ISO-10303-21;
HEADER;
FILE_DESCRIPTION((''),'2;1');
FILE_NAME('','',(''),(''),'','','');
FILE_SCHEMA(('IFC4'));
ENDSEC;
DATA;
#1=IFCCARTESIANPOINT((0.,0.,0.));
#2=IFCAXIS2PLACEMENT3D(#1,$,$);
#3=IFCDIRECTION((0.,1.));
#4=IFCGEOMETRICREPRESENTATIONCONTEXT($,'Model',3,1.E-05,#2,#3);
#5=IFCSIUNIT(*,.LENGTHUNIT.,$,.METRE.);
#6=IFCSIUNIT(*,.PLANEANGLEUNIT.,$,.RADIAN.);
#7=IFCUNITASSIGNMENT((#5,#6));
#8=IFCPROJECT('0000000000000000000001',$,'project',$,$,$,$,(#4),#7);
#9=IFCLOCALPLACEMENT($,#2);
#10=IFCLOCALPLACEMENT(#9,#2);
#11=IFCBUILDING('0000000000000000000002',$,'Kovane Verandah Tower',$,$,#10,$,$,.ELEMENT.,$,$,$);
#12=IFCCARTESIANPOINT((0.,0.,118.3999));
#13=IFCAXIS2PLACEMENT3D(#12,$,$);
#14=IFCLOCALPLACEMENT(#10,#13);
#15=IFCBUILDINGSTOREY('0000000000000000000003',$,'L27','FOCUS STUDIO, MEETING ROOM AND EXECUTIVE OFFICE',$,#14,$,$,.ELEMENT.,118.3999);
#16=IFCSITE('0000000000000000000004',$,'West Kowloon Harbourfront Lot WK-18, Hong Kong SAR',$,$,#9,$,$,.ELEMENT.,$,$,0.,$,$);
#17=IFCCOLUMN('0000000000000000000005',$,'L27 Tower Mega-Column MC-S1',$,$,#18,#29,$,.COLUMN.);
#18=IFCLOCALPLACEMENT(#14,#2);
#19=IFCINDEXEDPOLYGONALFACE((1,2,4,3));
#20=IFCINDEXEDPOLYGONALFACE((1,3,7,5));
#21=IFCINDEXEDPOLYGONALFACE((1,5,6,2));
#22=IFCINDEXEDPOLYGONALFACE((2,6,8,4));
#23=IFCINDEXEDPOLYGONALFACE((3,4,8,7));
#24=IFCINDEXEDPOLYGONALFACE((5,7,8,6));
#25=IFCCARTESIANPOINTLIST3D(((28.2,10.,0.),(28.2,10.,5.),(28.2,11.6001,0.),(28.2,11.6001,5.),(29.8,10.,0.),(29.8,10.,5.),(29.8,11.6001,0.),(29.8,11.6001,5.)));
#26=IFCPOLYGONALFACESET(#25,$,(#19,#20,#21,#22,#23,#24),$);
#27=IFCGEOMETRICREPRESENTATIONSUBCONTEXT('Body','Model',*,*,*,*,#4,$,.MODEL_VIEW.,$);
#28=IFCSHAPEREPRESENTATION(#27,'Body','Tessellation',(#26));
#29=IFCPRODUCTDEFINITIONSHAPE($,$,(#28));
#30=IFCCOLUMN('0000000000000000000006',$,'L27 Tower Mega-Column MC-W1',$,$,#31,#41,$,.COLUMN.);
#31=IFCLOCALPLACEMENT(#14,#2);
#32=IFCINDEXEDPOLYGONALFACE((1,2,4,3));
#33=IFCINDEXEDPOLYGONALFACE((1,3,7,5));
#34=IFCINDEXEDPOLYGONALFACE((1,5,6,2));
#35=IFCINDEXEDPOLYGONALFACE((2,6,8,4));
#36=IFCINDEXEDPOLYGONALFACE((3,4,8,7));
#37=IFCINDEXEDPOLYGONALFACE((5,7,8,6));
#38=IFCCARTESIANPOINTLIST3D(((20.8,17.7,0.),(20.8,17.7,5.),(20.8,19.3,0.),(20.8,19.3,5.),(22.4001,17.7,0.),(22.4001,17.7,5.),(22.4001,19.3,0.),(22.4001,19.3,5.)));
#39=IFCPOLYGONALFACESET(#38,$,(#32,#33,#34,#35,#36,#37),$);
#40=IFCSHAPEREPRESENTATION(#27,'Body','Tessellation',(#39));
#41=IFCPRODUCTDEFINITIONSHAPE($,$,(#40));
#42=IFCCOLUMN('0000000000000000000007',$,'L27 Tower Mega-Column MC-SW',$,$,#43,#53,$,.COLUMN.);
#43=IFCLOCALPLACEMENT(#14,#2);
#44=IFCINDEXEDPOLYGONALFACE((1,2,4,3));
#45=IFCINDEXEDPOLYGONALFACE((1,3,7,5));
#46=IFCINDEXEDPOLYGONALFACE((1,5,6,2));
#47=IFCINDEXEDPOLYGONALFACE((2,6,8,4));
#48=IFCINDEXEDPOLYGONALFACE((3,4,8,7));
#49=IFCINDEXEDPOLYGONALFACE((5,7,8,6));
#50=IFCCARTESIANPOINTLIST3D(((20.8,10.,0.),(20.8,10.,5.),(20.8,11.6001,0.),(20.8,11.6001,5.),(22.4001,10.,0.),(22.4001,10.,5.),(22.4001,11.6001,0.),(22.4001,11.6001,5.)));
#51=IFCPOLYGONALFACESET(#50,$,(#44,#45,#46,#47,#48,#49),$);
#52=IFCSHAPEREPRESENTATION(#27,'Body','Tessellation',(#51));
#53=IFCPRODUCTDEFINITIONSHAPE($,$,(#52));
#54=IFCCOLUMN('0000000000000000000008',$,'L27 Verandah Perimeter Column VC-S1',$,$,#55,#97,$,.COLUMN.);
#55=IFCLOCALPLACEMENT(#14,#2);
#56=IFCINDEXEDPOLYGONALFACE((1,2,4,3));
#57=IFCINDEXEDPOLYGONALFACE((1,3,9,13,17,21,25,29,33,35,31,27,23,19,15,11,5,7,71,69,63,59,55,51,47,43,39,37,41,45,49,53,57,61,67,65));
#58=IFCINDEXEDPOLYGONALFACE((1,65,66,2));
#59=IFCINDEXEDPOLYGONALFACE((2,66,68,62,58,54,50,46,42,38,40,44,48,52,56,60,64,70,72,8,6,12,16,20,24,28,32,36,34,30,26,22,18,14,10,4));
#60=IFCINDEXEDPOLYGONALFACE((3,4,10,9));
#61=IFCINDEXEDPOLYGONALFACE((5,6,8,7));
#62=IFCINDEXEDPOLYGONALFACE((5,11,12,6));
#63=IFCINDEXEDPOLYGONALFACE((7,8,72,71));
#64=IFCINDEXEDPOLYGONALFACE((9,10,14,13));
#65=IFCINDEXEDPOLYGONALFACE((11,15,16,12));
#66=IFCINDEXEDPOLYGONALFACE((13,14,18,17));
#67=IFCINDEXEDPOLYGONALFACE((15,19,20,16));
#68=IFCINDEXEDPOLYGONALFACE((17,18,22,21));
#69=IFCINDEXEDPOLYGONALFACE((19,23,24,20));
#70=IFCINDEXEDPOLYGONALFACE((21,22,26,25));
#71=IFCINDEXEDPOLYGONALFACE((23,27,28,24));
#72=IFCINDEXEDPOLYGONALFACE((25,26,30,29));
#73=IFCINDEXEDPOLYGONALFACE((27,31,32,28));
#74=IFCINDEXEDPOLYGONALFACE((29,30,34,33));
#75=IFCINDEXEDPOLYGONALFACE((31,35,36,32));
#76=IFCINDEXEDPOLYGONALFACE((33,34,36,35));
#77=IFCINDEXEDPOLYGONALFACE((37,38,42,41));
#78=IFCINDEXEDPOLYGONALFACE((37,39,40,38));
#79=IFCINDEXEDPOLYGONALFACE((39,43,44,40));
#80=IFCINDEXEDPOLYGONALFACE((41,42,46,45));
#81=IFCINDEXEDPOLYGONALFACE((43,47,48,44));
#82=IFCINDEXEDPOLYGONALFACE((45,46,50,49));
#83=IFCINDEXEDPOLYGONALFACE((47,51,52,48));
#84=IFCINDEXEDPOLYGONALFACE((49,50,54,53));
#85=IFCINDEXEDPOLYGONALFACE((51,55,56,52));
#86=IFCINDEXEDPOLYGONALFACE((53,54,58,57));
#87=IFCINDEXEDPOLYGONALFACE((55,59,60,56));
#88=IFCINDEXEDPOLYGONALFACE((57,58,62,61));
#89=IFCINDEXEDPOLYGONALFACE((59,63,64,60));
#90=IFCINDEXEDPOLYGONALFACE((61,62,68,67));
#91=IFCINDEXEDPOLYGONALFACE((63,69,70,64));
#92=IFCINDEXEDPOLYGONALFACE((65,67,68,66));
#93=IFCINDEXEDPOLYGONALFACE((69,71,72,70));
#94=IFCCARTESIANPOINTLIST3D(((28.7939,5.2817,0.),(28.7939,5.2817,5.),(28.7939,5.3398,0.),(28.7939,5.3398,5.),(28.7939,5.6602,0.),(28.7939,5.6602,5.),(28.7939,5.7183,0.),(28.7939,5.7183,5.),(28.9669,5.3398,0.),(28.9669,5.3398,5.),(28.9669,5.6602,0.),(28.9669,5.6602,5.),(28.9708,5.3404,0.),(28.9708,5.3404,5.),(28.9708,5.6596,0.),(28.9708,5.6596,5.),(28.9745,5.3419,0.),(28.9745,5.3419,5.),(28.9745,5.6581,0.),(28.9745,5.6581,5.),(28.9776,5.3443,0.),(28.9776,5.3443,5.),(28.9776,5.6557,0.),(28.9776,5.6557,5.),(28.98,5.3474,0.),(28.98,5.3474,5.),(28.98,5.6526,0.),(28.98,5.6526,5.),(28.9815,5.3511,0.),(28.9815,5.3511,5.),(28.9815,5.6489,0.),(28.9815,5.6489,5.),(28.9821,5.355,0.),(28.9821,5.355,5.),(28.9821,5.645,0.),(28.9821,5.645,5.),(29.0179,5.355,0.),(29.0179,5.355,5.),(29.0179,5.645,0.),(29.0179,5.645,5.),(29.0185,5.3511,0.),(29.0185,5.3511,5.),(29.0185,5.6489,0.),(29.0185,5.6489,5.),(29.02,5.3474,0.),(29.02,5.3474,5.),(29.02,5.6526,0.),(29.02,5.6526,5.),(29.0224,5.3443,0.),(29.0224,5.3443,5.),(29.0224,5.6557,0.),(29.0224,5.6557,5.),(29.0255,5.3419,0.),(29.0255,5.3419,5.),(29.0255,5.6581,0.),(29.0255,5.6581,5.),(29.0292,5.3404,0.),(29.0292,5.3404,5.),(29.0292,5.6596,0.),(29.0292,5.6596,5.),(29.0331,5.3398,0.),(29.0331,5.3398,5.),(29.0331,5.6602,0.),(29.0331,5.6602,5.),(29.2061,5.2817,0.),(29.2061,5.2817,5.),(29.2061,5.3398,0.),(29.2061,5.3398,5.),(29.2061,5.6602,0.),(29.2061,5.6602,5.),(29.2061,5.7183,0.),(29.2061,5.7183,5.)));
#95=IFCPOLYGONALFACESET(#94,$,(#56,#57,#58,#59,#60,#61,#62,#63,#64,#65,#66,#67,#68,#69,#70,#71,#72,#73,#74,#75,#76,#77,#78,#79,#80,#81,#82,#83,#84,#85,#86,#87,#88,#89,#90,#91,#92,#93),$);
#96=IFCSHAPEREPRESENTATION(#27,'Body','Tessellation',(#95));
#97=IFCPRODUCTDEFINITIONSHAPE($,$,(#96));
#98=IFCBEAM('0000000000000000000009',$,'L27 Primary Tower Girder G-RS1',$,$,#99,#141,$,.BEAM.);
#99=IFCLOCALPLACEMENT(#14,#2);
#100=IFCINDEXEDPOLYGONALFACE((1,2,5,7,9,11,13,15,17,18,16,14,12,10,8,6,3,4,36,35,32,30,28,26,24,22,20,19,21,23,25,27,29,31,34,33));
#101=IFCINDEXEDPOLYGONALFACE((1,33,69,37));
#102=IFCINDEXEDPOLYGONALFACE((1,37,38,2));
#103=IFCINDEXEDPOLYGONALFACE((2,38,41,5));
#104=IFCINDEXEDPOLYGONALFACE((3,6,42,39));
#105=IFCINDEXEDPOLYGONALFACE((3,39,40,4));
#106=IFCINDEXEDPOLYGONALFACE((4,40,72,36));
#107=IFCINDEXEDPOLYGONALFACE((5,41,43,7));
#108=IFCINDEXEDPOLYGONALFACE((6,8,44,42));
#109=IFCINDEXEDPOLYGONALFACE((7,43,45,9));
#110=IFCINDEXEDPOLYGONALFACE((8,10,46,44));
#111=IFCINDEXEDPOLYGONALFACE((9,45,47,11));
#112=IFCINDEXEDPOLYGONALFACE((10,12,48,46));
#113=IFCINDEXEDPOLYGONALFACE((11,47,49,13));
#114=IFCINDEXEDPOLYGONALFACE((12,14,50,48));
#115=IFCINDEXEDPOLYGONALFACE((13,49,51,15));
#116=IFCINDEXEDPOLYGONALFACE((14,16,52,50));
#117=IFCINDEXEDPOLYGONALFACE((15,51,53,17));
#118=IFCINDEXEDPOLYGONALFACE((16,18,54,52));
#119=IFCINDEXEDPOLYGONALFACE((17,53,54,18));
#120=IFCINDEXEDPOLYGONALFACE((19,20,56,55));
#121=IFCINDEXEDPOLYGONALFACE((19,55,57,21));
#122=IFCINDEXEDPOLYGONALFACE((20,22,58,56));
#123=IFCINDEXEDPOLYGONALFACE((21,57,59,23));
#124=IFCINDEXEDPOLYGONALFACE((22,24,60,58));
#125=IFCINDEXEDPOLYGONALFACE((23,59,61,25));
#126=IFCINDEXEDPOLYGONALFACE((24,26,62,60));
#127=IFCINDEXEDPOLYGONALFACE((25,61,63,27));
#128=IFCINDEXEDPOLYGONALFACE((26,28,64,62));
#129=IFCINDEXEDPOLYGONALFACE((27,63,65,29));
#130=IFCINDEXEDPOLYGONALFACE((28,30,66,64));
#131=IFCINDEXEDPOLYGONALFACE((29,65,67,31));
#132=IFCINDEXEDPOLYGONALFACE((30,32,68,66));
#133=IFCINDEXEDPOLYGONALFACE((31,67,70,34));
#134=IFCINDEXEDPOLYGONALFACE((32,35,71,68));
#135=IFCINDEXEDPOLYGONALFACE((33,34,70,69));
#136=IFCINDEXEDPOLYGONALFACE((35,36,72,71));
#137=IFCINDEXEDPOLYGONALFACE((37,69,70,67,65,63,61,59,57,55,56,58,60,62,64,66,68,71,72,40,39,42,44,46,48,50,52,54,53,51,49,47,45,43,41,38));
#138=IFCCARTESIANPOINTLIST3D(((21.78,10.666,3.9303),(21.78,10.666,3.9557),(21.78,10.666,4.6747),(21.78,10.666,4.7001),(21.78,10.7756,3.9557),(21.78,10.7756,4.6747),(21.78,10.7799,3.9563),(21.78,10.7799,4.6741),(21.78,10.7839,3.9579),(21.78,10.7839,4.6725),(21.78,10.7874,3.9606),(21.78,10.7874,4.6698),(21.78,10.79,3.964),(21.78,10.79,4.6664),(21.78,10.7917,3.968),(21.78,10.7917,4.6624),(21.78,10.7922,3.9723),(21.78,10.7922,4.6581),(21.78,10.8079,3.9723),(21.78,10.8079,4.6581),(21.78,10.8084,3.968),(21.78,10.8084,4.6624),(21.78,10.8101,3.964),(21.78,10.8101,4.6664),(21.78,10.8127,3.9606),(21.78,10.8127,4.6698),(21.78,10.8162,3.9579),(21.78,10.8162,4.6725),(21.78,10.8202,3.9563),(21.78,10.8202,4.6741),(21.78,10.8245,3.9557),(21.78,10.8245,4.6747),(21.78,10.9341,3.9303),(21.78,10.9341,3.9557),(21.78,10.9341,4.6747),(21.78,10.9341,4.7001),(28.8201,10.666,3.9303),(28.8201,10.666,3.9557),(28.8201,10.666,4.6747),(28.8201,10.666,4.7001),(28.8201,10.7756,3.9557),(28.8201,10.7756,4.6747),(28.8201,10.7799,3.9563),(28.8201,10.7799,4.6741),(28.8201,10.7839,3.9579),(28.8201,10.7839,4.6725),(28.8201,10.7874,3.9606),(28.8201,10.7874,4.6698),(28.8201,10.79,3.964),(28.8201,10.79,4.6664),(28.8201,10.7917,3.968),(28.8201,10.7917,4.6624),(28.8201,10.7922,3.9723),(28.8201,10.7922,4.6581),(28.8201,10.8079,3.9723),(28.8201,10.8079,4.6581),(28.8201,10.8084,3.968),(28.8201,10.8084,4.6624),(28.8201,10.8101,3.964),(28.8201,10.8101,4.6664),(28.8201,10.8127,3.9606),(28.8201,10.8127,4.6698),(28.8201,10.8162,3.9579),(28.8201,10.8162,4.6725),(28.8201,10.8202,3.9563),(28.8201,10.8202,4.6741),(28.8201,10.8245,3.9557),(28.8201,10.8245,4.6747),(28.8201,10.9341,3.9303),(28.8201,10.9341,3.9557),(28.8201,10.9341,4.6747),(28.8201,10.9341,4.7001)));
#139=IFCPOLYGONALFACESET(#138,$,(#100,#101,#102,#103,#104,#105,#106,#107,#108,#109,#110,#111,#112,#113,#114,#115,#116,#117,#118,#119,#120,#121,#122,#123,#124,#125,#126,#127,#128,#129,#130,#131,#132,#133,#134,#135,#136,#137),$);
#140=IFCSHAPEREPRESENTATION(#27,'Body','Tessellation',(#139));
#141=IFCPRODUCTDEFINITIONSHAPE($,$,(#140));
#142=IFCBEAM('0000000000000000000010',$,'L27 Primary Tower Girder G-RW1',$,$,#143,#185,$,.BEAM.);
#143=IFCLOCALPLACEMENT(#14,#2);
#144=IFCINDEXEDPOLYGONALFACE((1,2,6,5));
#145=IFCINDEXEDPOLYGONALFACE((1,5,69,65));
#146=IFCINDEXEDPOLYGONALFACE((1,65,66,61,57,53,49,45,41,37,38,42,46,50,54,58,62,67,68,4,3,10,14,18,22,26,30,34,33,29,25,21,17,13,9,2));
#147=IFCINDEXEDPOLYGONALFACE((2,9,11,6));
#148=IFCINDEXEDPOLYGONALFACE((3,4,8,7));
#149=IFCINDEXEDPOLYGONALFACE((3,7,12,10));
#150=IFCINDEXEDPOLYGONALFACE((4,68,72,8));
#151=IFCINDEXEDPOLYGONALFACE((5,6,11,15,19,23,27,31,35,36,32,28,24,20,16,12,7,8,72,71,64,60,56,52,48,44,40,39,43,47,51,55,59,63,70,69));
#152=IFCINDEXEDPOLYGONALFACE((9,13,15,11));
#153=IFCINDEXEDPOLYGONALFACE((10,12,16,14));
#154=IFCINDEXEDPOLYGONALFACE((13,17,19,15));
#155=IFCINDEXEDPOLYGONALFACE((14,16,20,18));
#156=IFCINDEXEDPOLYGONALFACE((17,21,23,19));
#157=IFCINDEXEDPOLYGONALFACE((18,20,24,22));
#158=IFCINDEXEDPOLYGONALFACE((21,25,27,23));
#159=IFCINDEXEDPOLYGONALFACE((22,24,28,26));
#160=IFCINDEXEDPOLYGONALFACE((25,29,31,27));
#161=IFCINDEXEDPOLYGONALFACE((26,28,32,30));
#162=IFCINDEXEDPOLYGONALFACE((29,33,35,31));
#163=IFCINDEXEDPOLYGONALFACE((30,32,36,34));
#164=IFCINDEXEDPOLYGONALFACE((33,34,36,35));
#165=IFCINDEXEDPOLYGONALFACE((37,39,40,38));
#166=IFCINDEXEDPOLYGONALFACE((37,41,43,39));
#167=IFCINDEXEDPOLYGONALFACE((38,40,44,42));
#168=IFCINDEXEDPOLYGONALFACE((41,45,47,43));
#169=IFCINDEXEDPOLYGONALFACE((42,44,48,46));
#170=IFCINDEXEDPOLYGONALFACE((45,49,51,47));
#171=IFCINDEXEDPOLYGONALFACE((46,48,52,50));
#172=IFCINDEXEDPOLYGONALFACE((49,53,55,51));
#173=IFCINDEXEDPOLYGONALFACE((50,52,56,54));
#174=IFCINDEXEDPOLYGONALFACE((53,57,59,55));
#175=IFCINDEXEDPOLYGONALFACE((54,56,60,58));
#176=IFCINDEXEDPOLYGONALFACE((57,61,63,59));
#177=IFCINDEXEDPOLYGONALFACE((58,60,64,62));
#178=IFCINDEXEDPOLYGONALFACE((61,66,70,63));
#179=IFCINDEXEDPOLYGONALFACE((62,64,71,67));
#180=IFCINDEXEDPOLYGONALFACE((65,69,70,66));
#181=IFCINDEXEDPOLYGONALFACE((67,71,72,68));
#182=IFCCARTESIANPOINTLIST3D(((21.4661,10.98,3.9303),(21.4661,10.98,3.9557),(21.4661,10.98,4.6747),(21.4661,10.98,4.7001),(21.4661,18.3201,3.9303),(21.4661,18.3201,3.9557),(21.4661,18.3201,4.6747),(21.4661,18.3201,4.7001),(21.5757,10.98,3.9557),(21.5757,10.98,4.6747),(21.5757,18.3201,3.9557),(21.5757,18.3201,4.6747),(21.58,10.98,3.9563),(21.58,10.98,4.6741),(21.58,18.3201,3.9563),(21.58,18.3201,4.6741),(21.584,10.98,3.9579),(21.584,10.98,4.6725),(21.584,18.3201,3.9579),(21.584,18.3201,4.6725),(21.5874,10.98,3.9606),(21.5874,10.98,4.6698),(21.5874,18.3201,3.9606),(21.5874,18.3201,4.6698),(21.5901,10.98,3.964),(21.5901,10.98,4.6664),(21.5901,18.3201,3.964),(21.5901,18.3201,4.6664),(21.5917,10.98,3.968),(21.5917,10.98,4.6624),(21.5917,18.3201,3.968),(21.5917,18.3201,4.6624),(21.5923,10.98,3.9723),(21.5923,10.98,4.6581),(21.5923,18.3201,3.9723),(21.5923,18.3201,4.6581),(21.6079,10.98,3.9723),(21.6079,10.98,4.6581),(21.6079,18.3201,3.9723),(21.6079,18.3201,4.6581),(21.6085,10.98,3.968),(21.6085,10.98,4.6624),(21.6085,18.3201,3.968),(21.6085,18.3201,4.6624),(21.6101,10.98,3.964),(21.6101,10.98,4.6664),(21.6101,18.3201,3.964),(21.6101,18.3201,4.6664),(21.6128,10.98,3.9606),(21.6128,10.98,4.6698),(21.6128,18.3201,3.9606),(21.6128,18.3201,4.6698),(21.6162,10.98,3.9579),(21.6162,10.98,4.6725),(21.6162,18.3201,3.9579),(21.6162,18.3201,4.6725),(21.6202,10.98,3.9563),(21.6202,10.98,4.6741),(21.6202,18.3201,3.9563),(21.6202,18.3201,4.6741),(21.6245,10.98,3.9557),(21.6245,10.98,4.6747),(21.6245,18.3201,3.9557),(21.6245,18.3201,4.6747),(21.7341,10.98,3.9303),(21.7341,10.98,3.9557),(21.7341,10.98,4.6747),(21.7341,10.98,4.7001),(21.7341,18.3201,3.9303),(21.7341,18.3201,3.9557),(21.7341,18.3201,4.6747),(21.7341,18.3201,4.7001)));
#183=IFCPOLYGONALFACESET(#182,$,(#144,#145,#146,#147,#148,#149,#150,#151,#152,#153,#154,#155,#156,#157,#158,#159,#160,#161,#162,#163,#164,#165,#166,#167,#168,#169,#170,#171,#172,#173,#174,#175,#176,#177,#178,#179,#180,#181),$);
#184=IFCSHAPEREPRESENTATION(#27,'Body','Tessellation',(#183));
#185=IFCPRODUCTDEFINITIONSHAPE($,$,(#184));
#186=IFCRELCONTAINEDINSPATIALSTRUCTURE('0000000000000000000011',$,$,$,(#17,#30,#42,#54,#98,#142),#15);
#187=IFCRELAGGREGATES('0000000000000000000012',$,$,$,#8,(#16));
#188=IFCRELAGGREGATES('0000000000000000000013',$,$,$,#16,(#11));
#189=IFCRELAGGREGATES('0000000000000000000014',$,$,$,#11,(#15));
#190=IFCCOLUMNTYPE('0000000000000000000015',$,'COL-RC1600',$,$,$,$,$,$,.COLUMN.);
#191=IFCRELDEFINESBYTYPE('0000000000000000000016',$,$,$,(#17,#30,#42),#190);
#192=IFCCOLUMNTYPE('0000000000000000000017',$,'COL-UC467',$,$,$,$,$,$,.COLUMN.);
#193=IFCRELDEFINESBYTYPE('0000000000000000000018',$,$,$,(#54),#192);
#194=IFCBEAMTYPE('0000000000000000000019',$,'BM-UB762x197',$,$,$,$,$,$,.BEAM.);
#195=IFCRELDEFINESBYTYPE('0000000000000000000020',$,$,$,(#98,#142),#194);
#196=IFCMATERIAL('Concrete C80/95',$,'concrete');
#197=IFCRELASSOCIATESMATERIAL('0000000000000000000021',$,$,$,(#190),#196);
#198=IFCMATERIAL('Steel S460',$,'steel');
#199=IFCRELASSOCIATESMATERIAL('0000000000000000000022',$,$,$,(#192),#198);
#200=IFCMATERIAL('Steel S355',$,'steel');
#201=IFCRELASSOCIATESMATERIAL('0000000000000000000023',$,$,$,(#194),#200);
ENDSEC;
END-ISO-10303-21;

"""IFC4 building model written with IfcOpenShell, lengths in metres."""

from ifc_helpers import new_model, si_unit, direction, frame, origin, origin_2d, place, context, subcontext, project, spatial, rectangle, i_section, extrude, material, material_profile, profile_set, type_object, element, save


model = new_model("IFC4")

# Units and contexts
model_context = context("Model", 3, precision=1e-05, world=origin(), true_north=direction((0.0, 1.0)))
body_context = subcontext(model_context, "Body", "Model", "MODEL_VIEW")
ifc_project = project(units=[si_unit("LENGTHUNIT", "METRE"), si_unit("PLANEANGLEUNIT", "RADIAN")], contexts=[model_context])

# Site, building, storey
site_placement = place(None, origin())
site = spatial("IfcSite", under=ifc_project, at=site_placement, Name="West Kowloon Harbourfront Lot WK-18, Hong Kong SAR", CompositionType="ELEMENT", RefElevation=0.0)
building_placement = place(site_placement, origin())
building = spatial("IfcBuilding", under=site, at=building_placement, Name="Kovane Verandah Tower", CompositionType="ELEMENT")
storey_placement = place(building_placement, frame((0.0, 0.0, 118.3999)))
storey = spatial("IfcBuildingStorey", under=building, at=storey_placement, Name="L27", Description="FOCUS STUDIO, MEETING ROOM AND EXECUTIVE OFFICE", CompositionType="ELEMENT", Elevation=118.3999)

# Columns
ifc_material_1 = material(Name="Concrete C80/95", Category="concrete")
ifc_material_profile_1 = material_profile(ifc_material_1, rectangle(XDim=1.6001, YDim=1.6001, at=origin_2d()), Name="RC1600x1600")
ifc_profile_set_1 = profile_set([ifc_material_profile_1], Name="Concrete C80/95")
column_type_1 = type_object("IfcColumnType", Name="COL-RC1600", PredefinedType="COLUMN", material=ifc_profile_set_1)
for number, where, z_axis, x_axis, name in (
    (1, (29.0, 10.8, 0.0), (0.0, 0.0, 1.0), (1.0, 0.0, 0.0), "L27 Tower Mega-Column MC-S1"),
    (2, (21.6001, 18.5, 0.0), (0.0, 0.0, 1.0), (1.0, 0.0, 0.0), "L27 Tower Mega-Column MC-W1"),
    (3, (21.6001, 10.8, 0.0), (0.0, 0.0, 1.0), (1.0, 0.0, 0.0), "L27 Tower Mega-Column MC-SW"),
):
    element("IfcColumn", number, at=place(storey_placement, frame(where, z_axis=z_axis, x_axis=x_axis)), inside=storey, type_object=column_type_1, Name=name, PredefinedType="COLUMN", context=body_context, shape_type="SweptSolid", body=[
        extrude(rectangle(XDim=1.6001, YDim=1.6001, at=origin_2d()), origin(), (0.0, 0.0, 1.0), 5.0),
    ])
ifc_material_2 = material(Name="Steel S460", Category="steel")
ifc_material_profile_2 = material_profile(ifc_material_2, i_section(OverallWidth=0.4121, OverallDepth=0.4365, WebThickness=0.0359, FlangeThickness=0.0581, FilletRadius=0.0151, at=origin_2d()), Name="UC356x406x467")
ifc_profile_set_2 = profile_set([ifc_material_profile_2], Name="Steel S460")
column_type_2 = type_object("IfcColumnType", Name="COL-UC467", PredefinedType="COLUMN", material=ifc_profile_set_2)
column_placement = place(storey_placement, frame((29.0, 5.5, 0.0), z_axis=(0.0, 0.0, 1.0), x_axis=(1.0, 0.0, 0.0)))
element("IfcColumn", 4, at=column_placement, inside=storey, type_object=column_type_2, Name="L27 Verandah Perimeter Column VC-S1", PredefinedType="COLUMN", context=body_context, shape_type="SweptSolid", body=[
    extrude(i_section(OverallWidth=0.4121, OverallDepth=0.4365, WebThickness=0.0359, FlangeThickness=0.0581, FilletRadius=0.0151, at=origin_2d()), origin(), (0.0, 0.0, 1.0), 5.0),
])

# Beams
ifc_material_3 = material(Name="Steel S355", Category="steel")
ifc_material_profile_3 = material_profile(ifc_material_3, i_section(OverallWidth=0.2681, OverallDepth=0.7698, WebThickness=0.0156, FlangeThickness=0.0254, FilletRadius=0.0166, at=origin_2d()), Name="UB762x267x197")
ifc_profile_set_3 = profile_set([ifc_material_profile_3], Name="Steel S355")
beam_type_1 = type_object("IfcBeamType", Name="BM-UB762x197", PredefinedType="BEAM", material=ifc_profile_set_3)
beam_1_placement = place(storey_placement, frame((21.78, 10.8, 4.3152), z_axis=(1.0, 0.0, 0.0), x_axis=(0.0, 1.0, 0.0)))
element("IfcBeam", 5, at=beam_1_placement, inside=storey, type_object=beam_type_1, Name="L27 Primary Tower Girder G-RS1", PredefinedType="BEAM", context=body_context, shape_type="SweptSolid", body=[
    extrude(i_section(OverallWidth=0.2681, OverallDepth=0.7698, WebThickness=0.0156, FlangeThickness=0.0254, FilletRadius=0.0166, at=origin_2d()), origin(), (0.0, 0.0, 1.0), 7.04),
])
beam_2_placement = place(storey_placement, frame((21.6001, 10.98, 4.3152), z_axis=(0.0, 1.0, 0.0), x_axis=(-1.0, 0.0, 0.0)))
element("IfcBeam", 6, at=beam_2_placement, inside=storey, type_object=beam_type_1, Name="L27 Primary Tower Girder G-RW1", PredefinedType="BEAM", context=body_context, shape_type="SweptSolid", body=[
    extrude(i_section(OverallWidth=0.2681, OverallDepth=0.7698, WebThickness=0.0156, FlangeThickness=0.0254, FilletRadius=0.0166, at=origin_2d()), origin(), (0.0, 0.0, 1.0), 7.3401),
])

save(model, "model.ifc")
